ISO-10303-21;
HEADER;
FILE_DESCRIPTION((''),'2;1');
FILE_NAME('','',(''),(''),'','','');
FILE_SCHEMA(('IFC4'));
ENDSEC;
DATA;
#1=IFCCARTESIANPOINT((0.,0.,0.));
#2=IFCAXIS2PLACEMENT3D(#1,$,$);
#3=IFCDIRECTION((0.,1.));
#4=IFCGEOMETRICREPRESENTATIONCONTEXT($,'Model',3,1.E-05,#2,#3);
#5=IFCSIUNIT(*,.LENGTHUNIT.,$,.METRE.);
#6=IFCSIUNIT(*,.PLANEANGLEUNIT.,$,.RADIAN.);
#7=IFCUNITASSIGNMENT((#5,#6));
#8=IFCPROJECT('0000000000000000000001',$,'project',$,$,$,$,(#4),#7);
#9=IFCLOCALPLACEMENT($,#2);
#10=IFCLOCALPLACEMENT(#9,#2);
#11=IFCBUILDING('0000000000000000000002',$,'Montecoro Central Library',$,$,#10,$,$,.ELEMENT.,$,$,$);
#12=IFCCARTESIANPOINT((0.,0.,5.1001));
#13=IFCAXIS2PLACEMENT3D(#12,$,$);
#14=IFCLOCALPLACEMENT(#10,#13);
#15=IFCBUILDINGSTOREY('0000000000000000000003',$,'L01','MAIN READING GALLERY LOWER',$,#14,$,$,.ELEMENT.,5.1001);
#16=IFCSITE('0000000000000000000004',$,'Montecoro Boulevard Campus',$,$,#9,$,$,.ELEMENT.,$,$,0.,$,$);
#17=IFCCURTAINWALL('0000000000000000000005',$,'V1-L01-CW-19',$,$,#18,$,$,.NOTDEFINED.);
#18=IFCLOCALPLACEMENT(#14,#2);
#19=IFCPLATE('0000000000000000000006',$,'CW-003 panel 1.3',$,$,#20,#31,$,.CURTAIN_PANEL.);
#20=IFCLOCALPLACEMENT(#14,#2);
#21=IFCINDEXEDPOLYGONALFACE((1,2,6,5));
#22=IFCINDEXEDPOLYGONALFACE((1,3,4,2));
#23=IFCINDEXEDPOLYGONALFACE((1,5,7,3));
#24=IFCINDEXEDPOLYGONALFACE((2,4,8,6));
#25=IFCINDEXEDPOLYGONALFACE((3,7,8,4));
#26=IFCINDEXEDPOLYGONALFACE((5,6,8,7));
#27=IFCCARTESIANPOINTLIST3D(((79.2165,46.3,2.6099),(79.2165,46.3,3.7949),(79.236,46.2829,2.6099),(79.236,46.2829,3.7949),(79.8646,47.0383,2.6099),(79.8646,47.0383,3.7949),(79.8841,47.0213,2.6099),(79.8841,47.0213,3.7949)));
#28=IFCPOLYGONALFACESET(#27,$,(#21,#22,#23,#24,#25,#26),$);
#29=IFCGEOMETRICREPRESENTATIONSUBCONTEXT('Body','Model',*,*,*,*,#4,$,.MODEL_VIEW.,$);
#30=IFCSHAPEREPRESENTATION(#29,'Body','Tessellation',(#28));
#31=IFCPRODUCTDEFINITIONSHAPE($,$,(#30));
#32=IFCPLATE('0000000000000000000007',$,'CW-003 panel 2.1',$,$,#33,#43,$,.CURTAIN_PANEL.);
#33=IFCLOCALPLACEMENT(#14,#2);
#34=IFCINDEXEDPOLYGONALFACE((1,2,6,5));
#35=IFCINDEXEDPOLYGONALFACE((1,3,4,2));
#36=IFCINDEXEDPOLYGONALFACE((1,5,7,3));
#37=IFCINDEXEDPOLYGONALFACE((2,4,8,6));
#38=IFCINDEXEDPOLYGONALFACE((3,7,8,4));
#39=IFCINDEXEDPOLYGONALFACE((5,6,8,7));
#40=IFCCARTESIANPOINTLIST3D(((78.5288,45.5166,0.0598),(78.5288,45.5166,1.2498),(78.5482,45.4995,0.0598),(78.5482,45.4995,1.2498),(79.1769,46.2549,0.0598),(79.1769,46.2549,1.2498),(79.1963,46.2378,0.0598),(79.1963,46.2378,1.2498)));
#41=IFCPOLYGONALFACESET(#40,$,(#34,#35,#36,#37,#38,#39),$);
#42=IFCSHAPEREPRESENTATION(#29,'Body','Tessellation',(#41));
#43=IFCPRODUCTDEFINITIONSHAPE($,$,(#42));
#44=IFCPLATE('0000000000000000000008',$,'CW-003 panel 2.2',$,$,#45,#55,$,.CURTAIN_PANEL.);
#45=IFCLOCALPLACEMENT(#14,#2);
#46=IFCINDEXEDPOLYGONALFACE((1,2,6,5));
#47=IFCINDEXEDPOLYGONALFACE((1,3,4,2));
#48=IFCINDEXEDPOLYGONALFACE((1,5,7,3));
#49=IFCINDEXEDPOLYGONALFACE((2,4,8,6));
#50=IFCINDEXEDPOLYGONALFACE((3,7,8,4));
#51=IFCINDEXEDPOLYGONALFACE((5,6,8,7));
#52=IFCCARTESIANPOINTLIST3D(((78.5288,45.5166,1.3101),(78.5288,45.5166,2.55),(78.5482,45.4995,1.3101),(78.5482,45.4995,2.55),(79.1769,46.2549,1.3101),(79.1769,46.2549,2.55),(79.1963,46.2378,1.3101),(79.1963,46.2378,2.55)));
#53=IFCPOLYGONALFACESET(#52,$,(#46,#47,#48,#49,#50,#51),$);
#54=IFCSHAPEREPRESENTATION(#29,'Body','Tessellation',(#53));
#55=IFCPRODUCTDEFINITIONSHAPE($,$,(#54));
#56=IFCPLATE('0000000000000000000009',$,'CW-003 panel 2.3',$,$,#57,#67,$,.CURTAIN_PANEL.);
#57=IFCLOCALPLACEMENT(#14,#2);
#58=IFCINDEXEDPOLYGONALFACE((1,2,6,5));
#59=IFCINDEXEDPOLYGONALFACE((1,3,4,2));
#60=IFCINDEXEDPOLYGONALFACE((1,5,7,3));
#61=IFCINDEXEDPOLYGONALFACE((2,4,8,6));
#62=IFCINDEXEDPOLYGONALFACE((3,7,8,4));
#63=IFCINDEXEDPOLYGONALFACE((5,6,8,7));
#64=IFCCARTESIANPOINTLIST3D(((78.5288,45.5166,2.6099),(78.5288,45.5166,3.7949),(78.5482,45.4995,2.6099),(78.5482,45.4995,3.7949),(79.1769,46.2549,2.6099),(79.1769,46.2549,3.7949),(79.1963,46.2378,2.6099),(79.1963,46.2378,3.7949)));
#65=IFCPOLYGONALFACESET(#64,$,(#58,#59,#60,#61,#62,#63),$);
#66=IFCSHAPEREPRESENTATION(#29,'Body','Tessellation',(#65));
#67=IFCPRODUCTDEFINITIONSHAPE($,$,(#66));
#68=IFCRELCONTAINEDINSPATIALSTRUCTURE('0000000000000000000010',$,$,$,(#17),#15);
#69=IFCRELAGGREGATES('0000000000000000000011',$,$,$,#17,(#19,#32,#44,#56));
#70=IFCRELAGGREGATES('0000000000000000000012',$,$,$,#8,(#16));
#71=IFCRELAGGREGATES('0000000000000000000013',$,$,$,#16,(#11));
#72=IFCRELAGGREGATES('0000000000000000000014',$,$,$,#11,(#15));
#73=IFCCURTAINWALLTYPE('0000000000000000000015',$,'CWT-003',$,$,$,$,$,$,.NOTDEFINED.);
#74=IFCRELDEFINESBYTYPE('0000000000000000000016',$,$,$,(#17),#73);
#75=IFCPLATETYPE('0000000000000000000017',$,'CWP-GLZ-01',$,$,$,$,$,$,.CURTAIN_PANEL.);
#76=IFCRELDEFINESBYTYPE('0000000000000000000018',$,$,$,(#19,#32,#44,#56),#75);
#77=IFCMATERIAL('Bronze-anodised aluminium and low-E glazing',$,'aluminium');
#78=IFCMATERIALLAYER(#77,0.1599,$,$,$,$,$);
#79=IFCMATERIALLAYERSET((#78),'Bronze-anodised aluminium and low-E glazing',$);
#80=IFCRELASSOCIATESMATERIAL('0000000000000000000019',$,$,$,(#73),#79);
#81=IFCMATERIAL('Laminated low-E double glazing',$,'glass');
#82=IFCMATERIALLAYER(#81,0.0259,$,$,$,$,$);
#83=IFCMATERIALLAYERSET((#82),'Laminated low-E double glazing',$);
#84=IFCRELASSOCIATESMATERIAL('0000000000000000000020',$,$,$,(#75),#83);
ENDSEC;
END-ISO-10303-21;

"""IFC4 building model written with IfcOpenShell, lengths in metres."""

from ifc_helpers import new_model, si_unit, direction, frame, origin, origin_2d, place, context, subcontext, project, spatial, rectangle, extrude, material, layer, layer_set, type_object, element, aggregate, save


model = new_model("IFC4")

# Units and contexts
model_context = context("Model", 3, precision=1e-05, world=origin(), true_north=direction((0.0, 1.0)))
body_context = subcontext(model_context, "Body", "Model", "MODEL_VIEW")
ifc_project = project(units=[si_unit("LENGTHUNIT", "METRE"), si_unit("PLANEANGLEUNIT", "RADIAN")], contexts=[model_context])

# Site, building, storey
site_placement = place(None, origin())
site = spatial("IfcSite", under=ifc_project, at=site_placement, Name="Montecoro Boulevard Campus", CompositionType="ELEMENT", RefElevation=0.0)
building_placement = place(site_placement, origin())
building = spatial("IfcBuilding", under=site, at=building_placement, Name="Montecoro Central Library", CompositionType="ELEMENT")
storey_placement = place(building_placement, frame((0.0, 0.0, 5.1001)))
storey = spatial("IfcBuildingStorey", under=building, at=storey_placement, Name="L01", Description="MAIN READING GALLERY LOWER", CompositionType="ELEMENT", Elevation=5.1001)

# Curtain wall, plates
ifc_material_1 = material(Name="Bronze-anodised aluminium and low-E glazing", Category="aluminium")
ifc_layer_1 = layer(ifc_material_1, 0.1599)
ifc_layer_set_1 = layer_set([ifc_layer_1], Name="Bronze-anodised aluminium and low-E glazing")
curtain_wall_type = type_object("IfcCurtainWallType", Name="CWT-003", PredefinedType="NOTDEFINED", material=ifc_layer_set_1)
curtain_wall_placement = place(storey_placement, origin())
curtain_wall = element("IfcCurtainWall", 1, at=curtain_wall_placement, inside=storey, type_object=curtain_wall_type, Name="V1-L01-CW-19", PredefinedType="NOTDEFINED")
ifc_material_2 = material(Name="Laminated low-E double glazing", Category="glass")
ifc_layer_2 = layer(ifc_material_2, 0.0259)
ifc_layer_set_2 = layer_set([ifc_layer_2], Name="Laminated low-E double glazing")
plate_type = type_object("IfcPlateType", Name="CWP-GLZ-01", PredefinedType="CURTAIN_PANEL", material=ifc_layer_set_2)
plate_1_placement = place(storey_placement, frame((79.5503, 46.6606, 2.6099), z_axis=(0.0, 0.0, 1.0), x_axis=(-0.659692, -0.751536, 0.0)))
plate_1 = element("IfcPlate", 2, at=plate_1_placement, type_object=plate_type, Name="CW-003 panel 1.3", PredefinedType="CURTAIN_PANEL", context=body_context, shape_type="SweptSolid", body=[
    extrude(rectangle(XDim=0.9824, YDim=0.0259, at=origin_2d()), origin(), (0.0, 0.0, 1.0), 1.1851),
])
plate_2_placement = place(storey_placement, frame((78.8625, 45.8772, 0.0598), z_axis=(0.0, 0.0, 1.0), x_axis=(-0.659692, -0.751536, 0.0)))
plate_2 = element("IfcPlate", 3, at=plate_2_placement, type_object=plate_type, Name="CW-003 panel 2.1", PredefinedType="CURTAIN_PANEL", context=body_context, shape_type="SweptSolid", body=[
    extrude(rectangle(XDim=0.9824, YDim=0.0259, at=origin_2d()), origin(), (0.0, 0.0, 1.0), 1.1899),
])
plate_3_placement = place(storey_placement, frame((78.8625, 45.8772, 1.3101), z_axis=(0.0, 0.0, 1.0), x_axis=(-0.659692, -0.751536, 0.0)))
plate_3 = element("IfcPlate", 4, at=plate_3_placement, type_object=plate_type, Name="CW-003 panel 2.2", PredefinedType="CURTAIN_PANEL", context=body_context, shape_type="SweptSolid", body=[
    extrude(rectangle(XDim=0.9824, YDim=0.0259, at=origin_2d()), origin(), (0.0, 0.0, 1.0), 1.24),
])
plate_4_placement = place(storey_placement, frame((78.8625, 45.8772, 2.6099), z_axis=(0.0, 0.0, 1.0), x_axis=(-0.659692, -0.751536, 0.0)))
plate_4 = element("IfcPlate", 5, at=plate_4_placement, type_object=plate_type, Name="CW-003 panel 2.3", PredefinedType="CURTAIN_PANEL", context=body_context, shape_type="SweptSolid", body=[
    extrude(rectangle(XDim=0.9824, YDim=0.0259, at=origin_2d()), origin(), (0.0, 0.0, 1.0), 1.1851),
])
aggregate(curtain_wall, [plate_1, plate_2, plate_3, plate_4])

save(model, "model.ifc")
